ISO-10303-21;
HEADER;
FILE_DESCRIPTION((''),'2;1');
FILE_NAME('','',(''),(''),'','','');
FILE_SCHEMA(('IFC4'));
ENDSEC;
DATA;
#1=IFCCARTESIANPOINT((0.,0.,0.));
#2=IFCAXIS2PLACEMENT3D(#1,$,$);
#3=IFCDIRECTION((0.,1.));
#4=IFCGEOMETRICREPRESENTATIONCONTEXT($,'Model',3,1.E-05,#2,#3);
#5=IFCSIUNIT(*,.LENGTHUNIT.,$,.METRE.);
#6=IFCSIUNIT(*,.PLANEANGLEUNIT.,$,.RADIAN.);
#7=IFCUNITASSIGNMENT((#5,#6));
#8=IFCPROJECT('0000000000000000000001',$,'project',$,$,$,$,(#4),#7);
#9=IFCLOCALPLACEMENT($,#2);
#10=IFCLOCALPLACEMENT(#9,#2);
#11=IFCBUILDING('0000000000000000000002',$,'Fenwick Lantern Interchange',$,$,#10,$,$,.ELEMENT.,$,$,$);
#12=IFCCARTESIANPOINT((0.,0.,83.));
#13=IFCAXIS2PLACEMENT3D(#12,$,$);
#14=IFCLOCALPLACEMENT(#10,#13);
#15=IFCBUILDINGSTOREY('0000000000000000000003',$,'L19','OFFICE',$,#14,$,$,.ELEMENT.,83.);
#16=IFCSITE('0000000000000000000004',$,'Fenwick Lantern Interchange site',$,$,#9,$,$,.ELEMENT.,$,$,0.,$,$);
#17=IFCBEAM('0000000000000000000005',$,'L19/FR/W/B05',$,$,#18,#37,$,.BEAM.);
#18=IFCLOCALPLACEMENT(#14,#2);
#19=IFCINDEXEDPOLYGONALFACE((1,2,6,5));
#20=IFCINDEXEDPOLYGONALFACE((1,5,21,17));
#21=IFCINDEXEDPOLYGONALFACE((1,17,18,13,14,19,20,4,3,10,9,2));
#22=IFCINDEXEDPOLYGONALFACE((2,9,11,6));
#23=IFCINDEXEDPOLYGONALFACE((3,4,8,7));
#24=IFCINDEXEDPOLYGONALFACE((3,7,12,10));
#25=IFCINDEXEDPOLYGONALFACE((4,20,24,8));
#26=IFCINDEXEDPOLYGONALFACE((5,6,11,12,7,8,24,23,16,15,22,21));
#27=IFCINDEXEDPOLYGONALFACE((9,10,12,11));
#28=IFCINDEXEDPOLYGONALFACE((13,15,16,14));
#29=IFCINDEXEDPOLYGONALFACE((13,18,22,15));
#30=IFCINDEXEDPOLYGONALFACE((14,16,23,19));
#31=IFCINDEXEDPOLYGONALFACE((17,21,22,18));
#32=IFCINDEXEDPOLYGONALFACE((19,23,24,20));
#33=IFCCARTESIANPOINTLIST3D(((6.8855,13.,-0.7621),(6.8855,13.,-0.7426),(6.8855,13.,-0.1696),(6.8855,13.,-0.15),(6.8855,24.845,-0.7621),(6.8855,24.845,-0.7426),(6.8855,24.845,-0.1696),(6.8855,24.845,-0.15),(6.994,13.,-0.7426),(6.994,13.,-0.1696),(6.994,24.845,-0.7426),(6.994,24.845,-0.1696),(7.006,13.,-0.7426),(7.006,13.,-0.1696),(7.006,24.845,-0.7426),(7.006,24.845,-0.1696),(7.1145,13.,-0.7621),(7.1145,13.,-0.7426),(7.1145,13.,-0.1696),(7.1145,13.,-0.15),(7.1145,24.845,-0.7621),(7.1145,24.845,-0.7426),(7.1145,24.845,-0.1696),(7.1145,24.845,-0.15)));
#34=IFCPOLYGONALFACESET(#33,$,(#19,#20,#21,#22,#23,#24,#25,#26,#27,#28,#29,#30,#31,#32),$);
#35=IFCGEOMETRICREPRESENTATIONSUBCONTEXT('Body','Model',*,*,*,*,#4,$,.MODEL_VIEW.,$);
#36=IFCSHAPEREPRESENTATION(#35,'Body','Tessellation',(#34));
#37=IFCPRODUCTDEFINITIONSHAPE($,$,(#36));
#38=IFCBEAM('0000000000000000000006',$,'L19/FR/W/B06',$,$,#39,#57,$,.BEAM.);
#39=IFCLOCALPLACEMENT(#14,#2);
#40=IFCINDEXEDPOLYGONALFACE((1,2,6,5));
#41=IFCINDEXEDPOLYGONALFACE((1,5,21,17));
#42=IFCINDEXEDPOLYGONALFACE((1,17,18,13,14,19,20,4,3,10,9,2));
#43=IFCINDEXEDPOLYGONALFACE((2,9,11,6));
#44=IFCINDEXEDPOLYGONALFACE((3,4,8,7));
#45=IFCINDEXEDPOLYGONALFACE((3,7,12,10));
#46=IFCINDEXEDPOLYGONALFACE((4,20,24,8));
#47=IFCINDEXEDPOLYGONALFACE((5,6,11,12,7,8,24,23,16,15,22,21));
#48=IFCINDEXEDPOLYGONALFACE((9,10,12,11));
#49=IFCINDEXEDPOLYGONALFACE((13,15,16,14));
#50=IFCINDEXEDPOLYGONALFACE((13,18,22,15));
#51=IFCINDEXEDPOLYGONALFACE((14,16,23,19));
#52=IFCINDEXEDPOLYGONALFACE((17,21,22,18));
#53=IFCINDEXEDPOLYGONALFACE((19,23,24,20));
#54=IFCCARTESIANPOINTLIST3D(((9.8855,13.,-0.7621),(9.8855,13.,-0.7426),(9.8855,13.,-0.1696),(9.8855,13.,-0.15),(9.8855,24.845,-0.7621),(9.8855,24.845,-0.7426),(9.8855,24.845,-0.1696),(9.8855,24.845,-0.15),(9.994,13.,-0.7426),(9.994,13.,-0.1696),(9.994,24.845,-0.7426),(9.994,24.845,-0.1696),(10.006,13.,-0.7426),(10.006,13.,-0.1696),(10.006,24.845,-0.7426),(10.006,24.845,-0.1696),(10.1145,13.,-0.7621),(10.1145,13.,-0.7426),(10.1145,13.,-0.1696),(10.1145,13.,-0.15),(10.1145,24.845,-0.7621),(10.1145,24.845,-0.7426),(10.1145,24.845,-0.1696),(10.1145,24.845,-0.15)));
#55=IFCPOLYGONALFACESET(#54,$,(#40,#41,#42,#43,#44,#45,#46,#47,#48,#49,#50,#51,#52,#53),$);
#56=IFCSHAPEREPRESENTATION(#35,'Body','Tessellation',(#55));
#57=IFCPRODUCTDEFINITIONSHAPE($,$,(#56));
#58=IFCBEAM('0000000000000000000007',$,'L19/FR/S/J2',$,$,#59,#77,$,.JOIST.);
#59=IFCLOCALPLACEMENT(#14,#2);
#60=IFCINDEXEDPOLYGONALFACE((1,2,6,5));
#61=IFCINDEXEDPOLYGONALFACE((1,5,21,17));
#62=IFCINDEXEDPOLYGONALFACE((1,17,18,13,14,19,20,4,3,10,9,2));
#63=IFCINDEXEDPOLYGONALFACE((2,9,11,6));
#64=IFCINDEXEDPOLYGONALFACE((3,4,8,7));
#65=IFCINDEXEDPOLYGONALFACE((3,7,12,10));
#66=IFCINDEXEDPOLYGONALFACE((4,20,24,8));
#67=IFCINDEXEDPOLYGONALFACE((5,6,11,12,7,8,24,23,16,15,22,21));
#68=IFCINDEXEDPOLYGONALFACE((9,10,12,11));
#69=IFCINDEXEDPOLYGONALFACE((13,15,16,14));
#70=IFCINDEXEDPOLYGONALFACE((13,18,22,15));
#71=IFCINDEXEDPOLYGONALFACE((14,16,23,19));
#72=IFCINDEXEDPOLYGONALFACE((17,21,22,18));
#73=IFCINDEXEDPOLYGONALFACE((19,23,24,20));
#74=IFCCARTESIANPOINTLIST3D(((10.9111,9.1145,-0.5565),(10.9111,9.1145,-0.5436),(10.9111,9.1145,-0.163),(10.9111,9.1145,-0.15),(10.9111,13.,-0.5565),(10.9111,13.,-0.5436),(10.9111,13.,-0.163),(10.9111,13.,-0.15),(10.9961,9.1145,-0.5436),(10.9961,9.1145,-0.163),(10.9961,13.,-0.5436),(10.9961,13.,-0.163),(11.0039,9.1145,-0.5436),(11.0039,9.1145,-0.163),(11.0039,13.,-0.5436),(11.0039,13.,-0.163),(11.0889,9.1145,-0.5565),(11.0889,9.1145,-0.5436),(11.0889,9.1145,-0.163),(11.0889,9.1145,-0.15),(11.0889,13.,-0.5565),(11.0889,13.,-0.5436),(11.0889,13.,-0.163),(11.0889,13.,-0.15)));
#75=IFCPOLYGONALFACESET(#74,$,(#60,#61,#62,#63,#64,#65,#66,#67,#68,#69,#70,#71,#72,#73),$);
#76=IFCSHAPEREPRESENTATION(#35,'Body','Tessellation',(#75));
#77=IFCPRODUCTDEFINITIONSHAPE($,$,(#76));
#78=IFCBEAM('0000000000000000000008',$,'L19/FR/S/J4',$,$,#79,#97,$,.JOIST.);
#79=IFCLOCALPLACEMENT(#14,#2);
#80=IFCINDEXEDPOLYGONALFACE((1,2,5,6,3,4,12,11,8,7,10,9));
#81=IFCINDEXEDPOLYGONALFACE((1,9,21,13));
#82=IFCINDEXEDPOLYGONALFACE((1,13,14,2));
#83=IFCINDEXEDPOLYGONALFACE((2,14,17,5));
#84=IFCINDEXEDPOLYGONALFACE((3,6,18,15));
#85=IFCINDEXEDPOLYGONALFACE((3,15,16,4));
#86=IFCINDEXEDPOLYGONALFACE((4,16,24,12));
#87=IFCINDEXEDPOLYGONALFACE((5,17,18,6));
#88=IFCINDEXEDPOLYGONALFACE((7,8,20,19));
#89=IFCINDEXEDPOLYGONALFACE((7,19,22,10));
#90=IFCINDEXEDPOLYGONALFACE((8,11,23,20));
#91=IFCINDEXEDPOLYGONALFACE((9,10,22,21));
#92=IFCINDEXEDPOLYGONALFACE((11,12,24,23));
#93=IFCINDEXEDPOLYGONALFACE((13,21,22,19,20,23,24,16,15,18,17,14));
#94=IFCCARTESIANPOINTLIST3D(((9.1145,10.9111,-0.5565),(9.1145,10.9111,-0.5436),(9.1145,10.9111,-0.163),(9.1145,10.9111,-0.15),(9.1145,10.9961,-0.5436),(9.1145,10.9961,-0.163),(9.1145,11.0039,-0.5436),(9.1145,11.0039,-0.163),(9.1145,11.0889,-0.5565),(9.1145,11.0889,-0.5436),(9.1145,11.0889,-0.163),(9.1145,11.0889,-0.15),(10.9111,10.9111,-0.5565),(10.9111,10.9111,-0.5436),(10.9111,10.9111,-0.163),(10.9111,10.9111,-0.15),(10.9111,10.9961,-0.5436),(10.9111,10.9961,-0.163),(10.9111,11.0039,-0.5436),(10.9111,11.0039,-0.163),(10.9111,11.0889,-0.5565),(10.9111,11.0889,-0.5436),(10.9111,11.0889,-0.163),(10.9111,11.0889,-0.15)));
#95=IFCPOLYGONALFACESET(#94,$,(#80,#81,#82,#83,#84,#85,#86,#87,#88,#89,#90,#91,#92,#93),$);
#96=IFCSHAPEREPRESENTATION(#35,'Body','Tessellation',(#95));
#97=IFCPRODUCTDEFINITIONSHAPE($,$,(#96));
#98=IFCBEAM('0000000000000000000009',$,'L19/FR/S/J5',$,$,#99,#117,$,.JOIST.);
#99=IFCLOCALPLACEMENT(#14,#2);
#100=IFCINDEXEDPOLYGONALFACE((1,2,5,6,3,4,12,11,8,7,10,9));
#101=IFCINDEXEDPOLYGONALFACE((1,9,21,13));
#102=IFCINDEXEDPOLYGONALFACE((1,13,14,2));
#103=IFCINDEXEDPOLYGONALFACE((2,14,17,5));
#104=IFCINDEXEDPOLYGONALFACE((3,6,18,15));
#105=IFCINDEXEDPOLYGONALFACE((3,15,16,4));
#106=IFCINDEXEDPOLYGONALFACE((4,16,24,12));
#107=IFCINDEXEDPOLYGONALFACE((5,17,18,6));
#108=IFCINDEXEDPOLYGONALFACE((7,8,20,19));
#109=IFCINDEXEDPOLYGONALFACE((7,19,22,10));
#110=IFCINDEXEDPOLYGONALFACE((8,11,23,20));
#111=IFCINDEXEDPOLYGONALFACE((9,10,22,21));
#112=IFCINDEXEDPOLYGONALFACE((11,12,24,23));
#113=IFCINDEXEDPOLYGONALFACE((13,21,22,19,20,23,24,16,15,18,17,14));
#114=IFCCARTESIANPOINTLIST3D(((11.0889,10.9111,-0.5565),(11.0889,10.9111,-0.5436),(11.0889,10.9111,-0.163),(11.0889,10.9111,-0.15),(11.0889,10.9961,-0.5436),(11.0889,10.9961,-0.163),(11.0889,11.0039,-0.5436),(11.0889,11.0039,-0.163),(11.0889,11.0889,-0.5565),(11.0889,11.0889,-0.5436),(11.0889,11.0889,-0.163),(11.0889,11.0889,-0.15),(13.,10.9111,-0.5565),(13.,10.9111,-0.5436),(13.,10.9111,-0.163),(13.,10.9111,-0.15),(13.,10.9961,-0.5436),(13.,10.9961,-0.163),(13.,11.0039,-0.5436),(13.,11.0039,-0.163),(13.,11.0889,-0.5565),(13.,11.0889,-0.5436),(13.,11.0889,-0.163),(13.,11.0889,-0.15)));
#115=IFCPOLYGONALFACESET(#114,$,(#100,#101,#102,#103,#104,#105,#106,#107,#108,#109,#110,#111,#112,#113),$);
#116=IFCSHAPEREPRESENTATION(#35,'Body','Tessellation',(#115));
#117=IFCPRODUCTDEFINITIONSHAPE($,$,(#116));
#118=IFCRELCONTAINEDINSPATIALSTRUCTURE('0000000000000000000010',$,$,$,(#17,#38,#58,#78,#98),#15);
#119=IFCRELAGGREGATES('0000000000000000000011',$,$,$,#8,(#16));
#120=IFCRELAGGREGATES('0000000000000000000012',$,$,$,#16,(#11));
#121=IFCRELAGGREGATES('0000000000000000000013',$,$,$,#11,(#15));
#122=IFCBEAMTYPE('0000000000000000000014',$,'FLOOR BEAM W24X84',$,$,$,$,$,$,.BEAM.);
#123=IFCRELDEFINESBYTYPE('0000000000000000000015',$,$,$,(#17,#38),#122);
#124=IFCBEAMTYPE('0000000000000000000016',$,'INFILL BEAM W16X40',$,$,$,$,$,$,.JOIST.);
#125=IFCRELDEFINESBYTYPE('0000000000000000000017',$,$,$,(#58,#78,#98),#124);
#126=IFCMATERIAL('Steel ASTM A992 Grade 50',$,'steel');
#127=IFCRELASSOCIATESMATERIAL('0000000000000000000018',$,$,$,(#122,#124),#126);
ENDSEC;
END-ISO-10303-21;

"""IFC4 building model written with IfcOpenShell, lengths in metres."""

from ifc_helpers import new_model, si_unit, direction, frame, origin, origin_2d, place, context, subcontext, project, spatial, i_section, extrude, material, material_profile, profile_set, type_object, element, save


model = new_model("IFC4")

# Units and contexts
model_context = context("Model", 3, precision=1e-05, world=origin(), true_north=direction((0.0, 1.0)))
body_context = subcontext(model_context, "Body", "Model", "MODEL_VIEW")
ifc_project = project(units=[si_unit("LENGTHUNIT", "METRE"), si_unit("PLANEANGLEUNIT", "RADIAN")], contexts=[model_context])

# Site, building, storey
site_placement = place(None, origin())
site = spatial("IfcSite", under=ifc_project, at=site_placement, Name="Fenwick Lantern Interchange site", CompositionType="ELEMENT", RefElevation=0.0)
building_placement = place(site_placement, origin())
building = spatial("IfcBuilding", under=site, at=building_placement, Name="Fenwick Lantern Interchange", CompositionType="ELEMENT")
storey_placement = place(building_placement, frame((0.0, 0.0, 83.0)))
storey = spatial("IfcBuildingStorey", under=building, at=storey_placement, Name="L19", Description="OFFICE", CompositionType="ELEMENT", Elevation=83.0)

# Beams
ifc_material_1 = material(Name="Steel ASTM A992 Grade 50", Category="steel")
ifc_material_profile_1 = material_profile(ifc_material_1, i_section(OverallWidth=0.229, OverallDepth=0.6121, WebThickness=0.012, FlangeThickness=0.0195, at=origin_2d()), Name="W24X84")
ifc_profile_set_1 = profile_set([ifc_material_profile_1], Name="Steel ASTM A992 Grade 50")
beam_type_1 = type_object("IfcBeamType", Name="FLOOR BEAM W24X84", PredefinedType="BEAM", material=ifc_profile_set_1)
for number, where, z_axis, x_axis, name in (
    (1, (7.0, 24.845, -0.4561), (0.0, -1.0, 0.0), (1.0, 0.0, 0.0), "L19/FR/W/B05"),
    (2, (10.0, 24.845, -0.4561), (0.0, -1.0, 0.0), (1.0, 0.0, 0.0), "L19/FR/W/B06"),
):
    element("IfcBeam", number, at=place(storey_placement, frame(where, z_axis=z_axis, x_axis=x_axis)), inside=storey, type_object=beam_type_1, Name=name, PredefinedType="BEAM", context=body_context, shape_type="SweptSolid", body=[
        extrude(i_section(OverallWidth=0.229, OverallDepth=0.6121, WebThickness=0.012, FlangeThickness=0.0195, at=origin_2d()), origin(), (0.0, 0.0, 1.0), 11.845),
    ])
ifc_material_profile_2 = material_profile(ifc_material_1, i_section(OverallWidth=0.1777, OverallDepth=0.4065, WebThickness=0.0078, FlangeThickness=0.0129, at=origin_2d()), Name="W16X40")
ifc_profile_set_2 = profile_set([ifc_material_profile_2], Name="Steel ASTM A992 Grade 50")
beam_type_2 = type_object("IfcBeamType", Name="INFILL BEAM W16X40", PredefinedType="JOIST", material=ifc_profile_set_2)
beam_1_placement = place(storey_placement, frame((11.0, 9.1145, -0.3533), z_axis=(0.0, 1.0, 0.0), x_axis=(-1.0, 0.0, 0.0)))
element("IfcBeam", 3, at=beam_1_placement, inside=storey, type_object=beam_type_2, Name="L19/FR/S/J2", PredefinedType="JOIST", context=body_context, shape_type="SweptSolid", body=[
    extrude(i_section(OverallWidth=0.1777, OverallDepth=0.4065, WebThickness=0.0078, FlangeThickness=0.0129, at=origin_2d()), origin(), (0.0, 0.0, 1.0), 3.8855),
])
beam_2_placement = place(storey_placement, frame((9.1145, 11.0, -0.3533), z_axis=(1.0, 0.0, 0.0), x_axis=(0.0, 1.0, 0.0)))
element("IfcBeam", 4, at=beam_2_placement, inside=storey, type_object=beam_type_2, Name="L19/FR/S/J4", PredefinedType="JOIST", context=body_context, shape_type="SweptSolid", body=[
    extrude(i_section(OverallWidth=0.1777, OverallDepth=0.4065, WebThickness=0.0078, FlangeThickness=0.0129, at=origin_2d()), origin(), (0.0, 0.0, 1.0), 1.7966),
])
beam_3_placement = place(storey_placement, frame((11.0889, 11.0, -0.3533), z_axis=(1.0, 0.0, 0.0), x_axis=(0.0, 1.0, 0.0)))
element("IfcBeam", 5, at=beam_3_placement, inside=storey, type_object=beam_type_2, Name="L19/FR/S/J5", PredefinedType="JOIST", context=body_context, shape_type="SweptSolid", body=[
    extrude(i_section(OverallWidth=0.1777, OverallDepth=0.4065, WebThickness=0.0078, FlangeThickness=0.0129, at=origin_2d()), origin(), (0.0, 0.0, 1.0), 1.9111),
])

save(model, "model.ifc")
